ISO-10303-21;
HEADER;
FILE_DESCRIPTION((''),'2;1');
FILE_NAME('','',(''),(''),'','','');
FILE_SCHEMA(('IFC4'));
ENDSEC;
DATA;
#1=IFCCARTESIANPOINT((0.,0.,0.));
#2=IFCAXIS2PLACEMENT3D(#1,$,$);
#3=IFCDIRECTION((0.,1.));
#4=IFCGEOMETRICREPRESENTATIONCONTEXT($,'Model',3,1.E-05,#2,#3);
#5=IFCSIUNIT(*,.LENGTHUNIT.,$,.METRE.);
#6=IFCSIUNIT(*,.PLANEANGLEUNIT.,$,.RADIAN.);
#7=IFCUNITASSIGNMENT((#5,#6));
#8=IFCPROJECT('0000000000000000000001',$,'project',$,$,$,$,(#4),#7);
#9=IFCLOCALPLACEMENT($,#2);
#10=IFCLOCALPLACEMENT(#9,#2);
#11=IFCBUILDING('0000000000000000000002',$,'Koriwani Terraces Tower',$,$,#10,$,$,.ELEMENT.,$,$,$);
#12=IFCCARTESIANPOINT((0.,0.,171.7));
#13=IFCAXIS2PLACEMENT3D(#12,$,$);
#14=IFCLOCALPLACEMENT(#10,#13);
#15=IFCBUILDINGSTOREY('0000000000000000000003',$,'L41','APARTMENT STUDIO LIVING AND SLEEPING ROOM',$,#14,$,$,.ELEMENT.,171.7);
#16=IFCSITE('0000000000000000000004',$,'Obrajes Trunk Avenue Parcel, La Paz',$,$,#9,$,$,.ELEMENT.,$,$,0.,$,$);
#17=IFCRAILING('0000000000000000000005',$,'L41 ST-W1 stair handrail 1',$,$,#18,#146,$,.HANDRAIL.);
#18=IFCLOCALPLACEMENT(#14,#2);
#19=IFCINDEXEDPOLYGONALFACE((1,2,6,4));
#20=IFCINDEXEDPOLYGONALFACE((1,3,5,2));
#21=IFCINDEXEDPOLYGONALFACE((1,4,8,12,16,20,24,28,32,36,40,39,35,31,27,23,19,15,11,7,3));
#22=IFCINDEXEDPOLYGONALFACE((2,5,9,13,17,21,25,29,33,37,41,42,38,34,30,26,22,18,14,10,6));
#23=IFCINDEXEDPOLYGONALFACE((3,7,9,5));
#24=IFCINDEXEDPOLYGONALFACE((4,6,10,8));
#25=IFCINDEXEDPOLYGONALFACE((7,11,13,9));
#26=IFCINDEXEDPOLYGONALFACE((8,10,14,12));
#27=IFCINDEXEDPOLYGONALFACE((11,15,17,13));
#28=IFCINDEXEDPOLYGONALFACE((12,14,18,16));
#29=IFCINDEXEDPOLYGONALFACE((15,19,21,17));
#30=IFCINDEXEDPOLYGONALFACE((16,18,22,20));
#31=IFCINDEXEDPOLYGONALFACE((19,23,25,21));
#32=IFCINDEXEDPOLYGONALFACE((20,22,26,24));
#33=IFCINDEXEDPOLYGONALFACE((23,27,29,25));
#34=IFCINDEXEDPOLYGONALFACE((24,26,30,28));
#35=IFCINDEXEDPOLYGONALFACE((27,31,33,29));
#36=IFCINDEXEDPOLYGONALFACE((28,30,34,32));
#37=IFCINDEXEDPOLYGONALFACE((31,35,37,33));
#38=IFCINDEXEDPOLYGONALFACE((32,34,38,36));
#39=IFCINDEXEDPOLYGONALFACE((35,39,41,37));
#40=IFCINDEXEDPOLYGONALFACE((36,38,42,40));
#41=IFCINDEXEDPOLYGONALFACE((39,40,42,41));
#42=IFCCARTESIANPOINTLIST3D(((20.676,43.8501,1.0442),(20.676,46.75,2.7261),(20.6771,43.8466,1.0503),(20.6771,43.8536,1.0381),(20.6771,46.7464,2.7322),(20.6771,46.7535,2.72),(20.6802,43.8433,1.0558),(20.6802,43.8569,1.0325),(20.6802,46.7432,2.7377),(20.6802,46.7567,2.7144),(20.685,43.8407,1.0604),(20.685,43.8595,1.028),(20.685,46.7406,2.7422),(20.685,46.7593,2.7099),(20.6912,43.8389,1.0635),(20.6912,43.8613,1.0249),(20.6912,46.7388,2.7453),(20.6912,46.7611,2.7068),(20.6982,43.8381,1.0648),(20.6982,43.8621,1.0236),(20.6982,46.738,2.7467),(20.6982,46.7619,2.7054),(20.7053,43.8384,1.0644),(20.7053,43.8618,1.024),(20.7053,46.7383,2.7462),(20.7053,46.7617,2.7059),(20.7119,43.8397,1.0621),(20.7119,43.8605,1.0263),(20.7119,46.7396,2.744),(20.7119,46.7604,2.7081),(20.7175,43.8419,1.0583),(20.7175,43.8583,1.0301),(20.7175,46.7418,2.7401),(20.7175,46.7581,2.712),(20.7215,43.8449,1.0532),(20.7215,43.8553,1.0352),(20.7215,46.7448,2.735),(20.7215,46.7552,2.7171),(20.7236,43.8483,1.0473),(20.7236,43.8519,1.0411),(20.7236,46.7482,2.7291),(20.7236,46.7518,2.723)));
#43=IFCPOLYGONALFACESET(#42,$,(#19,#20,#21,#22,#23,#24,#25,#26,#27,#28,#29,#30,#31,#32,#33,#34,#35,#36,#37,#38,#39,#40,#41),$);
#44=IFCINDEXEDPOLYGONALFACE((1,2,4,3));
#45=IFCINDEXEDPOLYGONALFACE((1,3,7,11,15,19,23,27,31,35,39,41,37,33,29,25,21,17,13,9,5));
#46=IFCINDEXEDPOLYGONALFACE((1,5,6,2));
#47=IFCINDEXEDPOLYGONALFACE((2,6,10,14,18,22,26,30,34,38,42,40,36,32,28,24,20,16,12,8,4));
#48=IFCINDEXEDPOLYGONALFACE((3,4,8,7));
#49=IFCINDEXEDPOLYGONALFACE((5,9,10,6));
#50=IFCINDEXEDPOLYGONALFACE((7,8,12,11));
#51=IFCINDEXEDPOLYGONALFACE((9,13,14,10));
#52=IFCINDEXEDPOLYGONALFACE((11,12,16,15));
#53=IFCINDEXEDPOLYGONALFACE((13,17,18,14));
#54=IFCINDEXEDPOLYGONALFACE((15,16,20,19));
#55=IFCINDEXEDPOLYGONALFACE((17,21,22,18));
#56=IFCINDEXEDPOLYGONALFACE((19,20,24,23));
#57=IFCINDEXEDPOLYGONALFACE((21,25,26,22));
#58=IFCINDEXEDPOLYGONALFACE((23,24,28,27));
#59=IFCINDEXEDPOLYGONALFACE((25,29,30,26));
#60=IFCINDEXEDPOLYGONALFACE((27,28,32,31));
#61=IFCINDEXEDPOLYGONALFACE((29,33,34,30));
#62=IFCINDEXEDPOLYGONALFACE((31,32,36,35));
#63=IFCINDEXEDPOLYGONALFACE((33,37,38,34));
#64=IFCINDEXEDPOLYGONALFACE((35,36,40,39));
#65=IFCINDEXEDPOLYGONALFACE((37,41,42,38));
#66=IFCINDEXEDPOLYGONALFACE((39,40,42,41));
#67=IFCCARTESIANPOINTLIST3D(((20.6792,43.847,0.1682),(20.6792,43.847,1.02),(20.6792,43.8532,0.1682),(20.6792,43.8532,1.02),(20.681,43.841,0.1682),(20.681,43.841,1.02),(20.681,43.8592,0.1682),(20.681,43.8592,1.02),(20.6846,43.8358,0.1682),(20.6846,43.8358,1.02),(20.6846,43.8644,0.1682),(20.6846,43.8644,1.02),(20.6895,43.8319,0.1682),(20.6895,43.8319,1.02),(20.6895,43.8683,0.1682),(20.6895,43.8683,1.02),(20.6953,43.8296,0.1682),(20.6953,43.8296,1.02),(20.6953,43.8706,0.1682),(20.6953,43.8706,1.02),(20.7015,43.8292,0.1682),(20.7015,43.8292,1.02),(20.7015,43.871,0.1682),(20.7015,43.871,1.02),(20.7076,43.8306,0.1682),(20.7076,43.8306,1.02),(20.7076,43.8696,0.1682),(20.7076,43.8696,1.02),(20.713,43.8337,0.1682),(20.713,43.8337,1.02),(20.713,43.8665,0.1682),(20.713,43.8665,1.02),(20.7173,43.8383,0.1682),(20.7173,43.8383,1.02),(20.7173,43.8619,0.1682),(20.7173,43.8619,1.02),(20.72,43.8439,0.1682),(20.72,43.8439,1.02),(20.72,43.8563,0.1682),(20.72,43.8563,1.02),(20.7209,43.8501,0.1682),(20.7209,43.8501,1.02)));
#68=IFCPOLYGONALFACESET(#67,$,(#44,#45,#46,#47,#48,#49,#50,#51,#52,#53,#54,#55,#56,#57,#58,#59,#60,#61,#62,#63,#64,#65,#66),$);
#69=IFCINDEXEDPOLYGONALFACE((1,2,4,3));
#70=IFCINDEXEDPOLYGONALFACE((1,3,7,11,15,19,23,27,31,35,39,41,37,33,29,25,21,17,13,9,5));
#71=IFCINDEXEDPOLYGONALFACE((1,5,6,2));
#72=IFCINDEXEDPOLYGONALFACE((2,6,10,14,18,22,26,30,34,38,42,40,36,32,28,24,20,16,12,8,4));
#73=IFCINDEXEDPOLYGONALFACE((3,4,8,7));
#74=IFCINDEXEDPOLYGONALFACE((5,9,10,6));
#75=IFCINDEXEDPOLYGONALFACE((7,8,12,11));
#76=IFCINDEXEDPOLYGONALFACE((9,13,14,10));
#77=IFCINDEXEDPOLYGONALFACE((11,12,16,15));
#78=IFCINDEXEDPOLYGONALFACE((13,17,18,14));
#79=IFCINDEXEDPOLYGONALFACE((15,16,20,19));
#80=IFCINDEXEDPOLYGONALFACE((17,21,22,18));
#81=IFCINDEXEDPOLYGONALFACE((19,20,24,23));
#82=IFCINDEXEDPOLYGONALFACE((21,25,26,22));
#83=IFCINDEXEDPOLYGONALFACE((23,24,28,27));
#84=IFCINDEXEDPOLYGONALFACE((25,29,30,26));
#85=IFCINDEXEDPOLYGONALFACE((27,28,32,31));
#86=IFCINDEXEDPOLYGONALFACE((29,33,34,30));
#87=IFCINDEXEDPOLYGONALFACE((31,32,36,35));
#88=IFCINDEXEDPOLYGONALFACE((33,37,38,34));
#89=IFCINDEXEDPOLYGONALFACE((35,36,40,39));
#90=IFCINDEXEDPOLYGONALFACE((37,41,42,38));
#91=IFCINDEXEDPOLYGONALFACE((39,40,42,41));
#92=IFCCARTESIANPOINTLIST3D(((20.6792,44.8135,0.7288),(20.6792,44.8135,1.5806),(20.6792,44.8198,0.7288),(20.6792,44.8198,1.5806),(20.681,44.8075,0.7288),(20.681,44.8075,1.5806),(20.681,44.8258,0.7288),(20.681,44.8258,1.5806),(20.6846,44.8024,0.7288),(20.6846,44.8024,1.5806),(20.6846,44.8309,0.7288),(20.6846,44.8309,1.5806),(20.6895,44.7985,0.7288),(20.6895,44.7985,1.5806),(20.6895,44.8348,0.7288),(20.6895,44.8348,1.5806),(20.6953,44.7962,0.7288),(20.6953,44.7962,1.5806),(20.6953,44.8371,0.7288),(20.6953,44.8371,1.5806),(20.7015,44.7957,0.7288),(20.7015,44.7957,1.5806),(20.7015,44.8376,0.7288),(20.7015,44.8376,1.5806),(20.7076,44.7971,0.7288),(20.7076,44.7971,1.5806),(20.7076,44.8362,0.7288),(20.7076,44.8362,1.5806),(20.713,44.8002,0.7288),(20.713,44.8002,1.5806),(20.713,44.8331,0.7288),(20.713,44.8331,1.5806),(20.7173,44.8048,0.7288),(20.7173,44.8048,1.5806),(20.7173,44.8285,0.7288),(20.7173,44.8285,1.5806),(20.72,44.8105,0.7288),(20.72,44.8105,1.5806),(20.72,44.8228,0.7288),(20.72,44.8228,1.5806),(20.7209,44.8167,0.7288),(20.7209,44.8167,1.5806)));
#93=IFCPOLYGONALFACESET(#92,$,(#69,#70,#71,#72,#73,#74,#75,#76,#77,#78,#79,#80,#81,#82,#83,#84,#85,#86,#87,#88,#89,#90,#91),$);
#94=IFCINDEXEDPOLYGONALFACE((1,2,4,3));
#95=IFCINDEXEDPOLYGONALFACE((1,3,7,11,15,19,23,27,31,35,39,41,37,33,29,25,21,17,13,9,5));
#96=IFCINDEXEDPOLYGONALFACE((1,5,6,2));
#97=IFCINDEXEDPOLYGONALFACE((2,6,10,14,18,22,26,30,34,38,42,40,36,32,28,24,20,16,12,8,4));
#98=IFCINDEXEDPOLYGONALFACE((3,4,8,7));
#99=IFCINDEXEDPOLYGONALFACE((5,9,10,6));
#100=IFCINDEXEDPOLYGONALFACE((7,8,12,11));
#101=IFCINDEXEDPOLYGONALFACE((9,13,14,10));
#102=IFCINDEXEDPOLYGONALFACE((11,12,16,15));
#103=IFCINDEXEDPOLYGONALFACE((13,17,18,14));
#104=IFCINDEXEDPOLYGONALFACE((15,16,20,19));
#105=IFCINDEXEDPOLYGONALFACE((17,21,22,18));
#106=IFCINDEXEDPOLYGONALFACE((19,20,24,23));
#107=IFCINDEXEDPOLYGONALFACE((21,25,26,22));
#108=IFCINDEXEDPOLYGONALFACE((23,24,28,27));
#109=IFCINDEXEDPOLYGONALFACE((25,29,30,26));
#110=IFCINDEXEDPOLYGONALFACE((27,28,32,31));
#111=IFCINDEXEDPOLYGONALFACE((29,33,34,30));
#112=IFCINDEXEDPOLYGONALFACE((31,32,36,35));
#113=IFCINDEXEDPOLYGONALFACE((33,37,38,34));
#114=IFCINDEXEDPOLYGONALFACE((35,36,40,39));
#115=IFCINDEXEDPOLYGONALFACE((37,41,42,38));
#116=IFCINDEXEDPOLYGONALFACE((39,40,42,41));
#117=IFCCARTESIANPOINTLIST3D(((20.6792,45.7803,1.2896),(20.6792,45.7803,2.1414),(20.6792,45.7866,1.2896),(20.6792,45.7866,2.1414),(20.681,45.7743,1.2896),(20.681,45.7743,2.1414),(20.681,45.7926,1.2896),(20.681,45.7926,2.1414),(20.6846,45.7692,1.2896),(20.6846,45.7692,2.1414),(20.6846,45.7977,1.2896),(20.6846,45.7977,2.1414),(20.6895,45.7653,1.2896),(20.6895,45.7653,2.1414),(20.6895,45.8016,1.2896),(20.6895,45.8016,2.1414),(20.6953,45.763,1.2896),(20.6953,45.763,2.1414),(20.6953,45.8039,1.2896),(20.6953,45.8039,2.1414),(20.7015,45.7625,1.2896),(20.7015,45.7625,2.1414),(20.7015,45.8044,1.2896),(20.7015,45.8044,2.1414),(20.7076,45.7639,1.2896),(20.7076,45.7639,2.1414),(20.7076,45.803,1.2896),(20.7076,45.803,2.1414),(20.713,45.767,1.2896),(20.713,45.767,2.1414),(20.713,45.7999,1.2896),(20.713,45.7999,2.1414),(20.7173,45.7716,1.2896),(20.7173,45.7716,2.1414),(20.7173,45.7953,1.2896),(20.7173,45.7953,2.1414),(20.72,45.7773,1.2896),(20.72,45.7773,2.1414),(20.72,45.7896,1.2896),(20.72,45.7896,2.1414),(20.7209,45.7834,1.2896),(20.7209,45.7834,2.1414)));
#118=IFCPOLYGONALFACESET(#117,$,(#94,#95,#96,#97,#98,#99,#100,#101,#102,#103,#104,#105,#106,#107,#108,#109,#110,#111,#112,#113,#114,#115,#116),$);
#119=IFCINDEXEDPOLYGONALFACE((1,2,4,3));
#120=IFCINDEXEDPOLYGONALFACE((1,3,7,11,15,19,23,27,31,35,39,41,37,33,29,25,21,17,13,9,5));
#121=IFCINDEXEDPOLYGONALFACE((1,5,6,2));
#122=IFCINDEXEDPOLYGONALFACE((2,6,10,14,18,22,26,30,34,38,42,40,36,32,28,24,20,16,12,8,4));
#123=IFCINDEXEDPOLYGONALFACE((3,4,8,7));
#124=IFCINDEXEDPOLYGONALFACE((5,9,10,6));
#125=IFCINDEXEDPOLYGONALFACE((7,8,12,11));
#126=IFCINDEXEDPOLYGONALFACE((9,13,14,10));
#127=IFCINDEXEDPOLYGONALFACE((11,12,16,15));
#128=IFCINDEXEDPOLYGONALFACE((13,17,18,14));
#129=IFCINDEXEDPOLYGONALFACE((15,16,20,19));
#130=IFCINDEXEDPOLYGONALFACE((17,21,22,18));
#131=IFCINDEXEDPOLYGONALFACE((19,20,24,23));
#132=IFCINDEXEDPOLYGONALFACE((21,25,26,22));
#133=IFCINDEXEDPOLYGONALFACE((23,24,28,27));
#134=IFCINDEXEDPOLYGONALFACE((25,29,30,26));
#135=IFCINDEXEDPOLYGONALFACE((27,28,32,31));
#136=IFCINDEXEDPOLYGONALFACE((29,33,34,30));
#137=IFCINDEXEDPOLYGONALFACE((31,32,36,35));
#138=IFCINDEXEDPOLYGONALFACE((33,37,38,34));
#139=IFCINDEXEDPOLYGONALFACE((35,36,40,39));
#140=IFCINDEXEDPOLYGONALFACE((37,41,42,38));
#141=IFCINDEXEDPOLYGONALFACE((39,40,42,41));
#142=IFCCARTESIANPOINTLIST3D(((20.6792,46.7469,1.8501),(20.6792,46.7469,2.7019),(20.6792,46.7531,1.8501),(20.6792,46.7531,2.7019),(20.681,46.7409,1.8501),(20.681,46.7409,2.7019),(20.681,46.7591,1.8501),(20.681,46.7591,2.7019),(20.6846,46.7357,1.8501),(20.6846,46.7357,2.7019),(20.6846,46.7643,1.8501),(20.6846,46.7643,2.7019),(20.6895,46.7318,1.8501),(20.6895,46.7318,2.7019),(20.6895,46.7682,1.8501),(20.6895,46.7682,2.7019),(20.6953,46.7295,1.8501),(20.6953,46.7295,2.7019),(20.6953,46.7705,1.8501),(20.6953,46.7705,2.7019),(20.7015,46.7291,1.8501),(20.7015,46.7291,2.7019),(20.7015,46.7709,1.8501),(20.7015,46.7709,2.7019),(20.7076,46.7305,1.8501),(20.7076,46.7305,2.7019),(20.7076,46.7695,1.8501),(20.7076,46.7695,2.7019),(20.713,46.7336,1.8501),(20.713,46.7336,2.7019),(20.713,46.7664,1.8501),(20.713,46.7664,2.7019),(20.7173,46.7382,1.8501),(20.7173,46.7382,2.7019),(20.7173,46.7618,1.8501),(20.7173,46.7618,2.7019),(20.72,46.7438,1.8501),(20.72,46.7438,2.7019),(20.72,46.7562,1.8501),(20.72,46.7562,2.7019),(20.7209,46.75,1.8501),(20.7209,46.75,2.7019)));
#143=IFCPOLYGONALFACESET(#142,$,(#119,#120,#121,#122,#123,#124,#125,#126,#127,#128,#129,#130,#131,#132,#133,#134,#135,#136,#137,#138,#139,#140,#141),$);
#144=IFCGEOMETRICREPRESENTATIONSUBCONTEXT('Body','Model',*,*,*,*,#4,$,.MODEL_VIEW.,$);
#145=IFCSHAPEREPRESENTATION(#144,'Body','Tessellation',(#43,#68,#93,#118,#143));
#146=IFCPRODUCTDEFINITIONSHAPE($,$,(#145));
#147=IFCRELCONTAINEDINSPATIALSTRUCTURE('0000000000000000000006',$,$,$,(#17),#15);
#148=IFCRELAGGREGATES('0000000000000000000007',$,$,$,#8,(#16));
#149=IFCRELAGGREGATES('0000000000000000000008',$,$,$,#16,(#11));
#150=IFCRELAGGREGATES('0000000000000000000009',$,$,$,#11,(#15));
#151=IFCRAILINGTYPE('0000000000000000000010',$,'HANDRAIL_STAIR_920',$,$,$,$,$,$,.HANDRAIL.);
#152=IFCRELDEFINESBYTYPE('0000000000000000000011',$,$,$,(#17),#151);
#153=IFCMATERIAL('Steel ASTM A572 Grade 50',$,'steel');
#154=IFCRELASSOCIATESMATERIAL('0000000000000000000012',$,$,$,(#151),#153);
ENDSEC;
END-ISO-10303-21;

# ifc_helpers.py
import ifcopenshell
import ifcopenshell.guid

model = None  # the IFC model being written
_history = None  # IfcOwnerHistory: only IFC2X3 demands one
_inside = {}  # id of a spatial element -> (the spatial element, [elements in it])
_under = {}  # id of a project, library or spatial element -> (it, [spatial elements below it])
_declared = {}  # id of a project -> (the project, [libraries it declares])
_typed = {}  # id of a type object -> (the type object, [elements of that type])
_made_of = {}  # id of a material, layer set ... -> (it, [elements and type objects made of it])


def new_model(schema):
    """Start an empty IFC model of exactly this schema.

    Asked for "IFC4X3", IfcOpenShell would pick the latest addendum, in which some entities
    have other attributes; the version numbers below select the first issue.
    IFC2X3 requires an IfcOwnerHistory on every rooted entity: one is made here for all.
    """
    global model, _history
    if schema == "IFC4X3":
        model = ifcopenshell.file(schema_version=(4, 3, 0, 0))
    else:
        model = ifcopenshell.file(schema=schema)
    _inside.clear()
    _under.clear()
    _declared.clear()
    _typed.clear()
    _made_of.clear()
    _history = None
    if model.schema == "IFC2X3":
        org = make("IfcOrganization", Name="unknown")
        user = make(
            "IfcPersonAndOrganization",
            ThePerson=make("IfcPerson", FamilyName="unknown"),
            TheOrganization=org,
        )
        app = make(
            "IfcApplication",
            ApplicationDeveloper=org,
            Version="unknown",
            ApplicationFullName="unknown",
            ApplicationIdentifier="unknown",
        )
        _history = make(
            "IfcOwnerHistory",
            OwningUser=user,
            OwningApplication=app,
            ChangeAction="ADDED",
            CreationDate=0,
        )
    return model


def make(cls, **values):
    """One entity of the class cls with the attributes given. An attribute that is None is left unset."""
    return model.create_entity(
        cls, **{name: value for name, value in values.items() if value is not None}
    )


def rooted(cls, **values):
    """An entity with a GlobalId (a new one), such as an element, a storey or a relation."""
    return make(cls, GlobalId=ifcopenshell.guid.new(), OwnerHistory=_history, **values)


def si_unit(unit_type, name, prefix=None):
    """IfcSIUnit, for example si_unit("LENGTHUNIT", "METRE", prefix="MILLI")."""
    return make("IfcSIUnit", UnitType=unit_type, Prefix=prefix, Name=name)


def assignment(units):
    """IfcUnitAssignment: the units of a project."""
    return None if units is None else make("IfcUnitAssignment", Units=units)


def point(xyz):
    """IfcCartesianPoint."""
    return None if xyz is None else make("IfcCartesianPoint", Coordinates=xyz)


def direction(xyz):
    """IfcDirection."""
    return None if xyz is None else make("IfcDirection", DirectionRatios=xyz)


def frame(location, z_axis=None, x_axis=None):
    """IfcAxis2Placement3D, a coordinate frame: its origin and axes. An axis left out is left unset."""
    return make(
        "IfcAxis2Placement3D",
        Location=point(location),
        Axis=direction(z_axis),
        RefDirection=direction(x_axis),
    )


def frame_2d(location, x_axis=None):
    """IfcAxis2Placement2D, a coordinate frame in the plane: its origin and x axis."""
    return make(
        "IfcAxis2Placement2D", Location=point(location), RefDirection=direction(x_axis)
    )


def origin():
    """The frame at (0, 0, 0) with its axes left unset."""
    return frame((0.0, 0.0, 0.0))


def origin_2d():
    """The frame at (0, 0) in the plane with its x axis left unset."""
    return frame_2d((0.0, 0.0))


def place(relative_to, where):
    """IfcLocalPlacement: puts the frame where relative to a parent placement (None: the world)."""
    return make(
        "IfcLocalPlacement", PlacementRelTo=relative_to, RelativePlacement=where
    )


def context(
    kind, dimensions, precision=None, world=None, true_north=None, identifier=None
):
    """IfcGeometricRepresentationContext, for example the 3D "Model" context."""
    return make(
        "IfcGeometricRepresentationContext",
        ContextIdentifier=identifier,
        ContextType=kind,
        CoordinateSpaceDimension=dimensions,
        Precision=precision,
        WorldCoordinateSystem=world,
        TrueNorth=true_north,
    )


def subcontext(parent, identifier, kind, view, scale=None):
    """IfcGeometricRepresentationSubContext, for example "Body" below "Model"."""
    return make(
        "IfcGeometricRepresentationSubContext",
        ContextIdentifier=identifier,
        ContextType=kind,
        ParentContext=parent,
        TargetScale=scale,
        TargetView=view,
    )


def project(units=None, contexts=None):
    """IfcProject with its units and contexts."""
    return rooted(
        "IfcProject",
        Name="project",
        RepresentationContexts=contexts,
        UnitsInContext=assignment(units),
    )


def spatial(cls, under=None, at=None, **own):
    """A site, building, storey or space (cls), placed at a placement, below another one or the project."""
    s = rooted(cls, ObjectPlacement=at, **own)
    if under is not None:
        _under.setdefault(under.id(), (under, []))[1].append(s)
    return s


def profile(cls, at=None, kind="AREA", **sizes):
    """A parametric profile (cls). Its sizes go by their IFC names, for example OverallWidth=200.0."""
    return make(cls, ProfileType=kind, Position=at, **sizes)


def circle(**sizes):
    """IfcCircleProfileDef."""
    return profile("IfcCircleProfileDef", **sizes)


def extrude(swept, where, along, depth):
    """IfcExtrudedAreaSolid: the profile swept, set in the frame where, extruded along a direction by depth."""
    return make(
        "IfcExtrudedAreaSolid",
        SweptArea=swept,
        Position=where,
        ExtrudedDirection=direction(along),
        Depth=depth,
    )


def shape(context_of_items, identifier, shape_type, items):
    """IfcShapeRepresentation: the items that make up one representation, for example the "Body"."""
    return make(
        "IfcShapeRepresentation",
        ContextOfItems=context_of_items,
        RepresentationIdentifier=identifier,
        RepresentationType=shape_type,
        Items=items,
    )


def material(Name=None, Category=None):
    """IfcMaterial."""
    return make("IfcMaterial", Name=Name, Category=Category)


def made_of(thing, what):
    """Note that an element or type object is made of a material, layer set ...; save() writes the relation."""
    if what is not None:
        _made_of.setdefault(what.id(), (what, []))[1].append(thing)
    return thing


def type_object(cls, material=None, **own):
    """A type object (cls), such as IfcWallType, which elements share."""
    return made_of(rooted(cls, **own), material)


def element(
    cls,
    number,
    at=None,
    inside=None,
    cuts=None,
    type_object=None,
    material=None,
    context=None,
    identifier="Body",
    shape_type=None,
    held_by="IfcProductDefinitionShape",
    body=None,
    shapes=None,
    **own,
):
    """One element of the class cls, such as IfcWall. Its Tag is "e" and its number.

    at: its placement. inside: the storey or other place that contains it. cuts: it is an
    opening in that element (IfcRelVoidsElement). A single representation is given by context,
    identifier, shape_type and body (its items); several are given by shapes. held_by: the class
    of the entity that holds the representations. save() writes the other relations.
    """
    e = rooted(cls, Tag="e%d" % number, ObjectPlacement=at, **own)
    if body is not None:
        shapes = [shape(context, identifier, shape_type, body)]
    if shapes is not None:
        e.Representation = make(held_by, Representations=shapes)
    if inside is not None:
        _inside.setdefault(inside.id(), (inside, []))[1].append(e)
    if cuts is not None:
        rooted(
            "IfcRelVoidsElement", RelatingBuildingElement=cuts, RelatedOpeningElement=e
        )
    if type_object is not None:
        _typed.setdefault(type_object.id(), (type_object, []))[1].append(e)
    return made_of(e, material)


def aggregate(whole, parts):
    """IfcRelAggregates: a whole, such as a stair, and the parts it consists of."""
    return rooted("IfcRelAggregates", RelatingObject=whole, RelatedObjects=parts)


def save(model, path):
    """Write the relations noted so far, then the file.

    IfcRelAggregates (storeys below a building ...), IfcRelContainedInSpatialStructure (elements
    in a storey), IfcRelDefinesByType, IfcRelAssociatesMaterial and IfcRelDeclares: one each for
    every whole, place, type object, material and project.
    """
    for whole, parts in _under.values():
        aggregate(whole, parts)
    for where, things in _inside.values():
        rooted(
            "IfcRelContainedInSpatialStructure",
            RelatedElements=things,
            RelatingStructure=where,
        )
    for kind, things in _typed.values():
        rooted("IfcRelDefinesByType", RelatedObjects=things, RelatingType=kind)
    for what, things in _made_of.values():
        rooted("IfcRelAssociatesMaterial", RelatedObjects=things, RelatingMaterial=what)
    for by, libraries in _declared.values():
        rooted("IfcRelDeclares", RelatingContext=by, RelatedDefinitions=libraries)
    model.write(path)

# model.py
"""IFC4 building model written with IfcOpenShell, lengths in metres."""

from ifc_helpers import new_model, si_unit, direction, frame, origin, origin_2d, place, context, subcontext, project, spatial, circle, extrude, material, type_object, element, save


model = new_model("IFC4")

# Units and contexts
model_context = context("Model", 3, precision=1e-05, world=origin(), true_north=direction((0.0, 1.0)))
body_context = subcontext(model_context, "Body", "Model", "MODEL_VIEW")
ifc_project = project(units=[si_unit("LENGTHUNIT", "METRE"), si_unit("PLANEANGLEUNIT", "RADIAN")], contexts=[model_context])

# Site, building, storey
site_placement = place(None, origin())
site = spatial("IfcSite", under=ifc_project, at=site_placement, Name="Obrajes Trunk Avenue Parcel, La Paz", CompositionType="ELEMENT", RefElevation=0.0)
building_placement = place(site_placement, origin())
building = spatial("IfcBuilding", under=site, at=building_placement, Name="Koriwani Terraces Tower", CompositionType="ELEMENT")
storey_placement = place(building_placement, frame((0.0, 0.0, 171.7)))
storey = spatial("IfcBuildingStorey", under=building, at=storey_placement, Name="L41", Description="APARTMENT STUDIO LIVING AND SLEEPING ROOM", CompositionType="ELEMENT", Elevation=171.7)

# Shared definitions
ifc_material_1 = material(Name="Steel ASTM A572 Grade 50", Category="steel")

# Railing
railing_type_1 = type_object("IfcRailingType", Name="HANDRAIL_STAIR_920", PredefinedType="HANDRAIL", material=ifc_material_1)
railing_1_placement = place(storey_placement, frame((20.7, 43.8501, 0.1682)))
element("IfcRailing", 1, at=railing_1_placement, inside=storey, type_object=railing_type_1, Name="L41 ST-W1 stair handrail 1", PredefinedType="HANDRAIL", context=body_context, shape_type="SweptSolid", body=[
    extrude(circle(Radius=0.0239, at=origin_2d()), frame((0.0, 0.0, 0.876), z_axis=(0.0, 0.865039, 0.501705), x_axis=(-1.0, 0.0, 0.0)), (0.0, 0.0, 1.0), 3.3523),
    extrude(circle(Radius=0.021, at=origin_2d()), origin(), (0.0, 0.0, 1.0), 0.8518),
    extrude(circle(Radius=0.021, at=origin_2d()), frame((0.0, 0.9666, 0.5605)), (0.0, 0.0, 1.0), 0.8518),
    extrude(circle(Radius=0.021, at=origin_2d()), frame((0.0, 1.9333, 1.1213)), (0.0, 0.0, 1.0), 0.8518),
    extrude(circle(Radius=0.021, at=origin_2d()), frame((0.0, 2.8999, 1.6819)), (0.0, 0.0, 1.0), 0.8518),
])

save(model, "model.ifc")
